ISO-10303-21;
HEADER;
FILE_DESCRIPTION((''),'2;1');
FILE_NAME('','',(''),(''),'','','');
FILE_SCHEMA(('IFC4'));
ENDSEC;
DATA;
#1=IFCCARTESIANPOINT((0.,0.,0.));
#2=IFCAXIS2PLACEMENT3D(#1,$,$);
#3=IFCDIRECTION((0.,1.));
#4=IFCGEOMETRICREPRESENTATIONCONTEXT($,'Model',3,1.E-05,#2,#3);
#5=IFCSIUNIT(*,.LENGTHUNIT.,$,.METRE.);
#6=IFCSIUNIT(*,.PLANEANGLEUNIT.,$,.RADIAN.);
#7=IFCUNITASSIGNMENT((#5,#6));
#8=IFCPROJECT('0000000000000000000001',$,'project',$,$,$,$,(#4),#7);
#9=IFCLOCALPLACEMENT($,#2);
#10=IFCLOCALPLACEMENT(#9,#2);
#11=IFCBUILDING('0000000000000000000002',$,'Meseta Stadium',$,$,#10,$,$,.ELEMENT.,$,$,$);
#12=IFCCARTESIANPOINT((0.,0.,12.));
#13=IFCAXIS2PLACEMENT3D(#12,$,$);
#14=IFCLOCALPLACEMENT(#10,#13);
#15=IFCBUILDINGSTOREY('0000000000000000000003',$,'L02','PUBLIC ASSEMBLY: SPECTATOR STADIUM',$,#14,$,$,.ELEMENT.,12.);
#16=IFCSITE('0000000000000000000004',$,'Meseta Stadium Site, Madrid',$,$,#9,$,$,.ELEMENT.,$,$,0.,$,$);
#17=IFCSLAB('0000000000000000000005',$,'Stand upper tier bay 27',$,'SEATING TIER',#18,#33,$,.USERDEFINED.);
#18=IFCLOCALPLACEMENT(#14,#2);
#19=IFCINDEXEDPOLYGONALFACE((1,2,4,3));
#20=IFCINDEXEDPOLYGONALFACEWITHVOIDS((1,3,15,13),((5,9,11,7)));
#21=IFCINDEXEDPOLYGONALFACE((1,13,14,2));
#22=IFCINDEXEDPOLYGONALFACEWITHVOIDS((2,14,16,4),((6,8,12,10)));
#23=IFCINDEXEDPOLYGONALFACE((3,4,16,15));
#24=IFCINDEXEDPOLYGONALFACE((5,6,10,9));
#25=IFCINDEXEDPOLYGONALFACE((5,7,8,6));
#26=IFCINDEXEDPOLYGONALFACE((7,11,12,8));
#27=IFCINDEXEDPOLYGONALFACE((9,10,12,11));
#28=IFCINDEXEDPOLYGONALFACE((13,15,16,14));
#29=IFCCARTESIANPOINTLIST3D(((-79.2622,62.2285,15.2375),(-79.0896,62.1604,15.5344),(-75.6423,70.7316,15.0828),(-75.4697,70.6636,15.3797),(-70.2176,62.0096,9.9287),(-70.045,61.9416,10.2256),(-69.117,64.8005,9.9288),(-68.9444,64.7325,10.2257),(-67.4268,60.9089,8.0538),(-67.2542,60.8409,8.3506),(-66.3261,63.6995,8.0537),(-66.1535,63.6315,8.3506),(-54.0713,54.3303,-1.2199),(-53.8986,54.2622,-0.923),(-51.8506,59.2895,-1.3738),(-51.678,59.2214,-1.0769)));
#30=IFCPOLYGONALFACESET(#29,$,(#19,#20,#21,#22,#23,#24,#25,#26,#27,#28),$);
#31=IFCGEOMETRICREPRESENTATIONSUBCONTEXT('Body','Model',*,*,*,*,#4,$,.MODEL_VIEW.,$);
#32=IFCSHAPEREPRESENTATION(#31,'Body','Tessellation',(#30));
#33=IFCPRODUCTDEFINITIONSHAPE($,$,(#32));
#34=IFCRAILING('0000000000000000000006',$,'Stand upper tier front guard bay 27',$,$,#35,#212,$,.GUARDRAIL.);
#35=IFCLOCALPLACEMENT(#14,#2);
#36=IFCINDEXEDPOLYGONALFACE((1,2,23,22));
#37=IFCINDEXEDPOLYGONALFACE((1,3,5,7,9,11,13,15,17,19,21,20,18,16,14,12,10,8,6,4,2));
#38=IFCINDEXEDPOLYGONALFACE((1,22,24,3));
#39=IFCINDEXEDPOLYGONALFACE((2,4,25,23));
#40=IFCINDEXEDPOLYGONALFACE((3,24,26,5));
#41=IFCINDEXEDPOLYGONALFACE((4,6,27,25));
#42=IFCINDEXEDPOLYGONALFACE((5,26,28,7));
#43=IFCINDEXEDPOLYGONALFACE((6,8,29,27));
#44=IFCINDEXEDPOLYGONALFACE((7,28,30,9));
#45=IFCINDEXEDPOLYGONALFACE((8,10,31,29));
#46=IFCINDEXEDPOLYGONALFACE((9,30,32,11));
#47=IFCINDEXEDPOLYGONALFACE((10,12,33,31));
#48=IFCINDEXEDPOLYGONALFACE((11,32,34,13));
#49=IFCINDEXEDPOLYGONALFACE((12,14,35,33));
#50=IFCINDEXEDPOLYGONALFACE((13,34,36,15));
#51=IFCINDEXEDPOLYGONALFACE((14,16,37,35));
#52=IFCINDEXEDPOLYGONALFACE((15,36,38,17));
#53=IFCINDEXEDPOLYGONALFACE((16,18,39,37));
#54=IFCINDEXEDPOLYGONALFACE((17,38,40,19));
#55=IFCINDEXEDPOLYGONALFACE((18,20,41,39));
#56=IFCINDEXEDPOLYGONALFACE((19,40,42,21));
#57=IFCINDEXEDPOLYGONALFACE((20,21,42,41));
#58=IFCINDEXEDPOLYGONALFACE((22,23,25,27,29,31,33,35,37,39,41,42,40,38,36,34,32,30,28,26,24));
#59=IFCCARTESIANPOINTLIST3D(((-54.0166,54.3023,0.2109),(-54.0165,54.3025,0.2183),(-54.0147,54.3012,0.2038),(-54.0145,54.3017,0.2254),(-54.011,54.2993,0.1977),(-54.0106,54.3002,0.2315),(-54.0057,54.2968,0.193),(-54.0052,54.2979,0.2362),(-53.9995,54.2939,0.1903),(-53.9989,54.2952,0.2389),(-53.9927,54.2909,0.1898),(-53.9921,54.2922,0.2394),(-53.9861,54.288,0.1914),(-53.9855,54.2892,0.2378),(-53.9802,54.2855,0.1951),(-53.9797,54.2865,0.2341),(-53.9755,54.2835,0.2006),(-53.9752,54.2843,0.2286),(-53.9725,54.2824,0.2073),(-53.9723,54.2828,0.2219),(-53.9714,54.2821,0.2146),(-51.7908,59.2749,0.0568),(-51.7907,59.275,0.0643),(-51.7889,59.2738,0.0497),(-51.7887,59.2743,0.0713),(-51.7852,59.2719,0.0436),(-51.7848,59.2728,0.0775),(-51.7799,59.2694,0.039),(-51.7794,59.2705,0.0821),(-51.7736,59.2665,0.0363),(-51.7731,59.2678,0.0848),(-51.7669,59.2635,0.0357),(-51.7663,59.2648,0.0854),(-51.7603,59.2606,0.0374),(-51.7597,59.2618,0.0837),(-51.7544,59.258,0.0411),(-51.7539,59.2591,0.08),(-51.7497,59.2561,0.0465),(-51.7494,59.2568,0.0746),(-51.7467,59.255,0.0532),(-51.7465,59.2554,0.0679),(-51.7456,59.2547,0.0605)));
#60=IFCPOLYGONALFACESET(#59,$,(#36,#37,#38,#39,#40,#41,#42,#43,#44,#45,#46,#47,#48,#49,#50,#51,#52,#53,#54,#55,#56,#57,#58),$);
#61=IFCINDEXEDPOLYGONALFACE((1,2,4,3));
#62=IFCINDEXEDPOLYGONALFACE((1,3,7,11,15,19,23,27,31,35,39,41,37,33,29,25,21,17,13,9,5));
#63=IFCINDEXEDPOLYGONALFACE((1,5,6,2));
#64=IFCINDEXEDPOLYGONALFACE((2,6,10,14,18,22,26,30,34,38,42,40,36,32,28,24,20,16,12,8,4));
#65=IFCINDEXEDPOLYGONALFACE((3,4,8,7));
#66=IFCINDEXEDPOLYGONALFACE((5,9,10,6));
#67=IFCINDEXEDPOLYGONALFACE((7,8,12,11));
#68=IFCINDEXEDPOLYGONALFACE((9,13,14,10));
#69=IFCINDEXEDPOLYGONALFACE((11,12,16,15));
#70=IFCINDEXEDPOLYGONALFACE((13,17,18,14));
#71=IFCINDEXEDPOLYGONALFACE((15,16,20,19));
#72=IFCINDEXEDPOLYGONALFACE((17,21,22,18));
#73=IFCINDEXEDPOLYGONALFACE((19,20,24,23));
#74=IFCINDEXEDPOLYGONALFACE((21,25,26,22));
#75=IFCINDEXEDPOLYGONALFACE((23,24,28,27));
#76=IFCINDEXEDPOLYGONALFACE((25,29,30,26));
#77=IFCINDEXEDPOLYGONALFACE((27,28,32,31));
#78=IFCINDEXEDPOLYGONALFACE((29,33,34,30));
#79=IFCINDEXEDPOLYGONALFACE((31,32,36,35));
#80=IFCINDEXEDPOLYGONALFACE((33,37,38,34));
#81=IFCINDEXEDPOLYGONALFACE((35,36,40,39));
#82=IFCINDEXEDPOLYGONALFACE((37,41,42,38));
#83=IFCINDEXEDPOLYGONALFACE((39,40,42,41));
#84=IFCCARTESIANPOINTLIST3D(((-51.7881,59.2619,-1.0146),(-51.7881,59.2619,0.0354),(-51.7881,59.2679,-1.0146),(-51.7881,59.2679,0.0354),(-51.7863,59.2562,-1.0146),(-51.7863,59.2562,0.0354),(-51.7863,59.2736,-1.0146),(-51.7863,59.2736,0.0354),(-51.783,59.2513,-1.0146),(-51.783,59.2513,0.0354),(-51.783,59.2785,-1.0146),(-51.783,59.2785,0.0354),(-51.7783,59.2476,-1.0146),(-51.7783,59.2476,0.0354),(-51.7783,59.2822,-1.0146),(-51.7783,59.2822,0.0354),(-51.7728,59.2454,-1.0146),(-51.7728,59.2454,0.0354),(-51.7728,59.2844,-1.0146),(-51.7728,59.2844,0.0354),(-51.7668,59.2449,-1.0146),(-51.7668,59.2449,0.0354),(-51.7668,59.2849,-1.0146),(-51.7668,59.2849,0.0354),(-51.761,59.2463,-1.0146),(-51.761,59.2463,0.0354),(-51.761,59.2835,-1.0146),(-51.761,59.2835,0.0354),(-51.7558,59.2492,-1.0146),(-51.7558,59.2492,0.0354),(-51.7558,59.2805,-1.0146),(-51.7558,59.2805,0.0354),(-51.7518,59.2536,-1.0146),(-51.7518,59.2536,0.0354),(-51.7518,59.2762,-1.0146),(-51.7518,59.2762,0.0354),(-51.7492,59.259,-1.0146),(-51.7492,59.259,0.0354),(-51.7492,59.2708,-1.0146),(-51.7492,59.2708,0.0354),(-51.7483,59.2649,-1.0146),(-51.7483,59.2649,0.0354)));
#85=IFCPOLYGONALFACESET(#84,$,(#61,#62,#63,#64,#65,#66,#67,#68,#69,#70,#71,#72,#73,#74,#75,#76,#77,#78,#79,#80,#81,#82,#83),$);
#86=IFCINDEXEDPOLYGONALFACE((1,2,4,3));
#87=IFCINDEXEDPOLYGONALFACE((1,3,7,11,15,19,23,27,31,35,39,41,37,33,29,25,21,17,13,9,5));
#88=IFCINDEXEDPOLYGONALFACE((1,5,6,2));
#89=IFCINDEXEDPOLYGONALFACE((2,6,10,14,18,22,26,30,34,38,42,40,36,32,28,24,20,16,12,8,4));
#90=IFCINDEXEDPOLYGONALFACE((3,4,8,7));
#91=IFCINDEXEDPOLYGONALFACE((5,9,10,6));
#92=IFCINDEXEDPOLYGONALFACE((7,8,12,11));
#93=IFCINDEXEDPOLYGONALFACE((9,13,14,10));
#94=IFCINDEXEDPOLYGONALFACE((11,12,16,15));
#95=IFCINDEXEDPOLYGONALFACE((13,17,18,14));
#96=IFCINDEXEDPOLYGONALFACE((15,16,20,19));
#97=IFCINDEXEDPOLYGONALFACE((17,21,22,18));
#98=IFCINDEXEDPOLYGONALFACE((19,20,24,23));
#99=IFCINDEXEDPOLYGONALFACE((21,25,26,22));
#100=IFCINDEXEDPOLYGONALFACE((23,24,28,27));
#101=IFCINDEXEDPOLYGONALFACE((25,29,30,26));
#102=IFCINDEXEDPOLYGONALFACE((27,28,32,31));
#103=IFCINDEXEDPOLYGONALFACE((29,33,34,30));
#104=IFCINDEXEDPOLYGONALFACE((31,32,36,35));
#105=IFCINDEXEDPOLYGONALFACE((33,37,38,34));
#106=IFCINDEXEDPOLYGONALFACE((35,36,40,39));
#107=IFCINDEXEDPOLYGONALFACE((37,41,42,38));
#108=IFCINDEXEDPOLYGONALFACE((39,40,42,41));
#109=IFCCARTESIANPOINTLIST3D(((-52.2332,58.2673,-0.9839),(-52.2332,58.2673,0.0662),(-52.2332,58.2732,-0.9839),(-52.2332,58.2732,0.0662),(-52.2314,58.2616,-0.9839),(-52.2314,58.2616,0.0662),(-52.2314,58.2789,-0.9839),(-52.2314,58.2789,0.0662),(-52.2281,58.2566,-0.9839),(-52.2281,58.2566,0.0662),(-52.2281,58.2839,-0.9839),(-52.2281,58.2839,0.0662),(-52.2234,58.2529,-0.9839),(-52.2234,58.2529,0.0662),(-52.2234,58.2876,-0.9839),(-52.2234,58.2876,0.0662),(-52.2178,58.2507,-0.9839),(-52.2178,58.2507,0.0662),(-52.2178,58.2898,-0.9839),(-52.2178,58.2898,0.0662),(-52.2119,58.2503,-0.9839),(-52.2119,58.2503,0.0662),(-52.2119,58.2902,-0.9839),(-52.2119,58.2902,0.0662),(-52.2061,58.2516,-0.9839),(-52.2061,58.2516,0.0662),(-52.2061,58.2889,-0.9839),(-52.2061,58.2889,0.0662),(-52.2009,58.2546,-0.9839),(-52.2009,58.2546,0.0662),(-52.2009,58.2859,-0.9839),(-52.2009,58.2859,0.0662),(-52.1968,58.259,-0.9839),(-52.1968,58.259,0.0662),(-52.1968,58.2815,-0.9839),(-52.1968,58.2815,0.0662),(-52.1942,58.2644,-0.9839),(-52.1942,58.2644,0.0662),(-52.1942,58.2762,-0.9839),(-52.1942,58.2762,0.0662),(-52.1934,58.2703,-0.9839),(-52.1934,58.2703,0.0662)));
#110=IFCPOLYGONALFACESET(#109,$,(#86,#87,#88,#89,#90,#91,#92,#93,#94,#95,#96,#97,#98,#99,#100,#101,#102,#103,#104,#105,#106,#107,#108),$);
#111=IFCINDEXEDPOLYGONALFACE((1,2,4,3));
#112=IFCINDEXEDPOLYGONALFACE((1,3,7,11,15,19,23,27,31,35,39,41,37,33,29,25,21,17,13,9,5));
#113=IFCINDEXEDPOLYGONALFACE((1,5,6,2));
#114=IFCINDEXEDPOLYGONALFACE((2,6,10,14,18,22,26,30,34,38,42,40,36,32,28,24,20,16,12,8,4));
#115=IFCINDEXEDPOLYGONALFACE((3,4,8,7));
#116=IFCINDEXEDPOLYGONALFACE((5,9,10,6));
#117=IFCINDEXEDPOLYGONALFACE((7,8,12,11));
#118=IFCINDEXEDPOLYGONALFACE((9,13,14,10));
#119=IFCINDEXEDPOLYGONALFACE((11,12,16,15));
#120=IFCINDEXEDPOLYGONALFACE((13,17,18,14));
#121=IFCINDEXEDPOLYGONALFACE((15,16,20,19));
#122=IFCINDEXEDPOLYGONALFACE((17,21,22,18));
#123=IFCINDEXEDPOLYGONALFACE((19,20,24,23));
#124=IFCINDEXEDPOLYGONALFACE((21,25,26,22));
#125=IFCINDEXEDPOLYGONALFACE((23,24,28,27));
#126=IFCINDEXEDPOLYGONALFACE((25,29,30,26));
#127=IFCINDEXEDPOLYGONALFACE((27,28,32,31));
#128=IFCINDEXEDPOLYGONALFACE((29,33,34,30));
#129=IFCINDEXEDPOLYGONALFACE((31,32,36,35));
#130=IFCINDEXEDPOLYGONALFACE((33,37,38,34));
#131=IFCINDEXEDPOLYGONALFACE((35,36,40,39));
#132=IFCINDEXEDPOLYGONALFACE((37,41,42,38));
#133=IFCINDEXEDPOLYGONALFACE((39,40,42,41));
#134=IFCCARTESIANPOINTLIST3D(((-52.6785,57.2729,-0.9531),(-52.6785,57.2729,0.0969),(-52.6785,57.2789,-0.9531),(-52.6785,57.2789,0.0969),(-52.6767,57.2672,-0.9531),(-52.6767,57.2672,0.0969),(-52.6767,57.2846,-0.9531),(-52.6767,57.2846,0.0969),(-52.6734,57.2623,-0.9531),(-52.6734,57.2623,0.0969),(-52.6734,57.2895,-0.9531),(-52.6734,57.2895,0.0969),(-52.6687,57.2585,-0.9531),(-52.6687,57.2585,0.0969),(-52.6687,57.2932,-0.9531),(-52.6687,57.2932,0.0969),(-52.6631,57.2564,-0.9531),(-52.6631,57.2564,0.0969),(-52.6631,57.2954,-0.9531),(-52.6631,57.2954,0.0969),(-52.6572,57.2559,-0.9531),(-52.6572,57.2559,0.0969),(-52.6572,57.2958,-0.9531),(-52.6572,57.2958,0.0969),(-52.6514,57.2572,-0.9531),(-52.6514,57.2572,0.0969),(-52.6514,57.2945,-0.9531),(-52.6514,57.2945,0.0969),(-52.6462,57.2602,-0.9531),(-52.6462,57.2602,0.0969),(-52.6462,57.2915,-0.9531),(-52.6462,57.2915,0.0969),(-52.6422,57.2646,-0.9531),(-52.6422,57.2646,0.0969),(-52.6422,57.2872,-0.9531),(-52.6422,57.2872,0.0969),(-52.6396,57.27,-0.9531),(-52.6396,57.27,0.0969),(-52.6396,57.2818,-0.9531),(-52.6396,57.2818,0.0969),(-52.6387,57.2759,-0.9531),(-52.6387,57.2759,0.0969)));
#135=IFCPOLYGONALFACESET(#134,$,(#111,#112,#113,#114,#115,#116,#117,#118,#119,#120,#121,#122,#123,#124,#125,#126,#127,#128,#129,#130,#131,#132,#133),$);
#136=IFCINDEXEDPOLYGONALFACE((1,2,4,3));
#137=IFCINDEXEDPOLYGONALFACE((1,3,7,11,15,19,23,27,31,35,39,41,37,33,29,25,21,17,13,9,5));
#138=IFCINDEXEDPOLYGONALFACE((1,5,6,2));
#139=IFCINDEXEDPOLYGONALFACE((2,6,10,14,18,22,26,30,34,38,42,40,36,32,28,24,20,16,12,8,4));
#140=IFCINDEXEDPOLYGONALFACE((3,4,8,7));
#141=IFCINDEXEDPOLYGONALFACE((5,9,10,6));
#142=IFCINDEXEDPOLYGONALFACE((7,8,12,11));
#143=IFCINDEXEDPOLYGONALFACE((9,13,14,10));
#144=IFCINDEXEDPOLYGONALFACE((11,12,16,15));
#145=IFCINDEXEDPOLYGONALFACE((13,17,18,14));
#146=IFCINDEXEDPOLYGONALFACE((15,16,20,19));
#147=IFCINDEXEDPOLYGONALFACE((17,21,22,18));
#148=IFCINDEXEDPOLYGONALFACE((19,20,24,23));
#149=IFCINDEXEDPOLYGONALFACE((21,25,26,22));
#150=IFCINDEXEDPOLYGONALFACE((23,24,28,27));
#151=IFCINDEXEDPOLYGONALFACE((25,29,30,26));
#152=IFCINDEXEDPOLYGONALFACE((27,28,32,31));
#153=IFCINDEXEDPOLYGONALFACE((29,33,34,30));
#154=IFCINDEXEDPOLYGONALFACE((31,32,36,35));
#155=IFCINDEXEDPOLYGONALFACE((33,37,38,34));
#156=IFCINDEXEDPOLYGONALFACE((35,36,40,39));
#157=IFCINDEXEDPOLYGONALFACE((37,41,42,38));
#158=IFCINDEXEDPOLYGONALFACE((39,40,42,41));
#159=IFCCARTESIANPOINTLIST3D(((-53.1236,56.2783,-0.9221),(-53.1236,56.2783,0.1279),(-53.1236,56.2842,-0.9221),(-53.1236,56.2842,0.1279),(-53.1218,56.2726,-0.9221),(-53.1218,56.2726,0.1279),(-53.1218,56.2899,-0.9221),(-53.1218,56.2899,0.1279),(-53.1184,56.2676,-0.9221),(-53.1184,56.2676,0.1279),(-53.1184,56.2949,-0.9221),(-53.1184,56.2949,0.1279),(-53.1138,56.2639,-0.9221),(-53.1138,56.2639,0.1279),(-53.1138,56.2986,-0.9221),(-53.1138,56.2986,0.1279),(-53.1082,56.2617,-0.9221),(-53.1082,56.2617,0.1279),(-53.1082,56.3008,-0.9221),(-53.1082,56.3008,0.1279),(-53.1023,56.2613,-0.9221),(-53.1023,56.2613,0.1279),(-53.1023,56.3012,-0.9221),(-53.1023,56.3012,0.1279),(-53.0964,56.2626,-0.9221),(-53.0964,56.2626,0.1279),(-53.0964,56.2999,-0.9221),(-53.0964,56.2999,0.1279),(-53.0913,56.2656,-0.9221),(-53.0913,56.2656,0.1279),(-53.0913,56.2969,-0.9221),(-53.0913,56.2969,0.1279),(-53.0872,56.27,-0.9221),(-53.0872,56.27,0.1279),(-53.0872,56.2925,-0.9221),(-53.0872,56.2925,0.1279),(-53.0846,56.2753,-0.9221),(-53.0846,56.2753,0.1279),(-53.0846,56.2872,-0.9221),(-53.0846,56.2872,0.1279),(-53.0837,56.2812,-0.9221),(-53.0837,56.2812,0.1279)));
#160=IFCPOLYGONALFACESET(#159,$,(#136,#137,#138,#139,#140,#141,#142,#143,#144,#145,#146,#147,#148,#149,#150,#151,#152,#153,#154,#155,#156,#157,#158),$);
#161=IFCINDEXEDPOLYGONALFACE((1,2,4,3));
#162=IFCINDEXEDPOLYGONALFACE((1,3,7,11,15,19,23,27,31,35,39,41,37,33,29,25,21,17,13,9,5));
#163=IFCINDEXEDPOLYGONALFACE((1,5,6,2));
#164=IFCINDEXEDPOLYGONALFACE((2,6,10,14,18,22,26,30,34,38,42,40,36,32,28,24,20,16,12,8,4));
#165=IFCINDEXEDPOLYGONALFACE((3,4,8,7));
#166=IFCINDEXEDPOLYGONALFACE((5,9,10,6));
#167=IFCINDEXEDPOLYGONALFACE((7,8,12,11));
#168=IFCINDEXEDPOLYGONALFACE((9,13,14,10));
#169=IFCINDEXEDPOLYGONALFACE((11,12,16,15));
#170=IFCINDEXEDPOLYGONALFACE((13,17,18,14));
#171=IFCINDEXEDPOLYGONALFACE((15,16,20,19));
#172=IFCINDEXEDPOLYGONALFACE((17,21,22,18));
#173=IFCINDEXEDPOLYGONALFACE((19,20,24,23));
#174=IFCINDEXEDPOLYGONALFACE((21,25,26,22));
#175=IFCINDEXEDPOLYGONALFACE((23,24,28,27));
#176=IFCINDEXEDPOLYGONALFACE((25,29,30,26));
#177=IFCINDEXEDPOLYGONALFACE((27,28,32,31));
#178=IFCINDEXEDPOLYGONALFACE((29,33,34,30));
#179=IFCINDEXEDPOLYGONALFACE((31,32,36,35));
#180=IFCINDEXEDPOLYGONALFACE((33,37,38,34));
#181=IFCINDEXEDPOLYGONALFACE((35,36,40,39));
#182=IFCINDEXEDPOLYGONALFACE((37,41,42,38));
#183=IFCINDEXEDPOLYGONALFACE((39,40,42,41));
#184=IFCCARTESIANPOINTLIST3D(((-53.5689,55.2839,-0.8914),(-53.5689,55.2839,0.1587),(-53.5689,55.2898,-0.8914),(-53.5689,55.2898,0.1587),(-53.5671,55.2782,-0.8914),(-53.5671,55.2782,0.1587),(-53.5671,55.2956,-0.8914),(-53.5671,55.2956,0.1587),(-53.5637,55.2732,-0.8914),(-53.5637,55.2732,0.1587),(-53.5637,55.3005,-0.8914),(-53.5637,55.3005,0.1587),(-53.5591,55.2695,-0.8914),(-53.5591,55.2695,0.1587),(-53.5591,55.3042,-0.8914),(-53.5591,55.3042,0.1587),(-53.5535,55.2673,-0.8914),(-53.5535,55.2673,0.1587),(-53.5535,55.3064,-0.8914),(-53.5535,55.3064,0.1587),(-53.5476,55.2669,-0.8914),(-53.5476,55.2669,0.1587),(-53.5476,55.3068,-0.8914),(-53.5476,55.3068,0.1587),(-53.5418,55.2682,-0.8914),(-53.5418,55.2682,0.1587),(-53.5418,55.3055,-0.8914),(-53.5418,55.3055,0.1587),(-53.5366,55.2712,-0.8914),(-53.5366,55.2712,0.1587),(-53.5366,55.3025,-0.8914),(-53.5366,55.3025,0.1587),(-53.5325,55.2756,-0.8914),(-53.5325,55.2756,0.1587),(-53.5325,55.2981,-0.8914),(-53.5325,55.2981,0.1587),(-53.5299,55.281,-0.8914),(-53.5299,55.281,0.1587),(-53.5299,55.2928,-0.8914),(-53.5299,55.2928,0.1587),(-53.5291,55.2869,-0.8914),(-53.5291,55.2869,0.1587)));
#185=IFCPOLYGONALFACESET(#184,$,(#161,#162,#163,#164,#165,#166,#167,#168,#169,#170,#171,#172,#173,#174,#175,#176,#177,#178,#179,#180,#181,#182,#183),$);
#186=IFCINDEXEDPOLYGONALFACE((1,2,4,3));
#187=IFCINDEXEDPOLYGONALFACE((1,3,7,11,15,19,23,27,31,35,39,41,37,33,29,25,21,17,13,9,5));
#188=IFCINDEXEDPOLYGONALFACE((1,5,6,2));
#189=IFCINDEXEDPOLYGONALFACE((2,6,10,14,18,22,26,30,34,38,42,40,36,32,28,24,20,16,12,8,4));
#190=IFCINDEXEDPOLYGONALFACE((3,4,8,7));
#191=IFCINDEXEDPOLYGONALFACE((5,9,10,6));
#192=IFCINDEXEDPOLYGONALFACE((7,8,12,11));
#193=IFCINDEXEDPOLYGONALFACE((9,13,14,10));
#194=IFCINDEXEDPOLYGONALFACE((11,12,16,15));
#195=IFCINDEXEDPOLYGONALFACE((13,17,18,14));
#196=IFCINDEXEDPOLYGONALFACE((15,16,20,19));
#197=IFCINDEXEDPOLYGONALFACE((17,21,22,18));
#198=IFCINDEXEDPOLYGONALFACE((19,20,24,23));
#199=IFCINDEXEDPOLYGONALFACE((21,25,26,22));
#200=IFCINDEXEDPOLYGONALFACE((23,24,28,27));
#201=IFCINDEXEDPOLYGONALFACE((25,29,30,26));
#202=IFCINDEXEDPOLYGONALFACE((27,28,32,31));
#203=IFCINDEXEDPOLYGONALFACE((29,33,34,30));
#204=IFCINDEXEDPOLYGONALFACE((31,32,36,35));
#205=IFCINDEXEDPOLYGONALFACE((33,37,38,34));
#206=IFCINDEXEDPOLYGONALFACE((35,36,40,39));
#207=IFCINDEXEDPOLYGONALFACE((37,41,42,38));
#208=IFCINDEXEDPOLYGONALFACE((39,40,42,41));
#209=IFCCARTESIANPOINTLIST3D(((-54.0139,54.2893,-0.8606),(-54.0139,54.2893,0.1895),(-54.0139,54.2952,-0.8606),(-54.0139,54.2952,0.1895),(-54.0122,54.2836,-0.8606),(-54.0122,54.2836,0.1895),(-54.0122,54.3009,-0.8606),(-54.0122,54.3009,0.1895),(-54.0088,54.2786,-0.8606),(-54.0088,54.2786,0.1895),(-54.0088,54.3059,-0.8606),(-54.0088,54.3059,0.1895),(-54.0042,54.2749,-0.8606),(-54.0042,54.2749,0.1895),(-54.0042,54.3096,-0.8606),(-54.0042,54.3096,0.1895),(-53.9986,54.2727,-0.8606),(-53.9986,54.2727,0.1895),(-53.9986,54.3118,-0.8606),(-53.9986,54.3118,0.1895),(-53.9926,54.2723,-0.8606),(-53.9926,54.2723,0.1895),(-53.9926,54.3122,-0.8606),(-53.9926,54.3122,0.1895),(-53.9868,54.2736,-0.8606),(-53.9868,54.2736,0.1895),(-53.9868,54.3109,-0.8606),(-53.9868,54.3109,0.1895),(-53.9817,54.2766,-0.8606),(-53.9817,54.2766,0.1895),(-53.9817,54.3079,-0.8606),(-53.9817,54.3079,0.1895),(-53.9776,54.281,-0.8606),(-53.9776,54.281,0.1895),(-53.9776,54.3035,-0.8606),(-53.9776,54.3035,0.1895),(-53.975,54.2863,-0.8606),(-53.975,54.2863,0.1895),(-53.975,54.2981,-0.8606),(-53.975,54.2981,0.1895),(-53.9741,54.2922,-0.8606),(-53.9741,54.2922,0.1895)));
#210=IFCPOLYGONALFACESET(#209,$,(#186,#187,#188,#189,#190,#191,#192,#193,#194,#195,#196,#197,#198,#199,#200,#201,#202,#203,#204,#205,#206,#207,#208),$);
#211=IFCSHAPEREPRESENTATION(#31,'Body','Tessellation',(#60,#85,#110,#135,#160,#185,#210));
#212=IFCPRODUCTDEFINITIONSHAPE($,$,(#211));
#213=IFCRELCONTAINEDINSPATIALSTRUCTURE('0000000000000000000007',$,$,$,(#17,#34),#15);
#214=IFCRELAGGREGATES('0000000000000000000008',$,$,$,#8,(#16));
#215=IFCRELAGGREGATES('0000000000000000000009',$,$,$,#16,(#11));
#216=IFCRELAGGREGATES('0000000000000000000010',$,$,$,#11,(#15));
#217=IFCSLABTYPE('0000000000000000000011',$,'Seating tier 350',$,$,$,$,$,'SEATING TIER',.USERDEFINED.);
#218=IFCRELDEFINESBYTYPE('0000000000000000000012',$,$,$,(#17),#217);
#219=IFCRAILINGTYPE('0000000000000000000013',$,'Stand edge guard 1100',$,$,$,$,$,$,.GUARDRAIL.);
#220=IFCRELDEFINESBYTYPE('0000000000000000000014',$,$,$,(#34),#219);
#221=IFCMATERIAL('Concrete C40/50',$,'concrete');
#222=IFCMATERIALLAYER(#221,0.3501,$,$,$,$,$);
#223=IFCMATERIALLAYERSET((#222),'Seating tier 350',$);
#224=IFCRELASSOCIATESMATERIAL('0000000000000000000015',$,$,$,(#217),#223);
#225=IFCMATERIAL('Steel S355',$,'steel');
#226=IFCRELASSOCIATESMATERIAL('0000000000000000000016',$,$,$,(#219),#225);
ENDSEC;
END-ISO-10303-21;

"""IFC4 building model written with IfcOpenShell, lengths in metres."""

from ifc_helpers import new_model, si_unit, direction, frame, origin, origin_2d, place, context, subcontext, project, spatial, polyline, circle, outline, extrude, material, layer, layer_set, type_object, element, save


model = new_model("IFC4")

# Units and contexts
model_context = context("Model", 3, precision=1e-05, world=origin(), true_north=direction((0.0, 1.0)))
body_context = subcontext(model_context, "Body", "Model", "MODEL_VIEW")
ifc_project = project(units=[si_unit("LENGTHUNIT", "METRE"), si_unit("PLANEANGLEUNIT", "RADIAN")], contexts=[model_context])

# Site, building, storey
site_placement = place(None, origin())
site = spatial("IfcSite", under=ifc_project, at=site_placement, Name="Meseta Stadium Site, Madrid", CompositionType="ELEMENT", RefElevation=0.0)
building_placement = place(site_placement, origin())
building = spatial("IfcBuilding", under=site, at=building_placement, Name="Meseta Stadium", CompositionType="ELEMENT")
storey_placement = place(building_placement, frame((0.0, 0.0, 12.0)))
storey = spatial("IfcBuildingStorey", under=building, at=storey_placement, Name="L02", Description="PUBLIC ASSEMBLY: SPECTATOR STADIUM", CompositionType="ELEMENT", Elevation=12.0)

# Slab
ifc_material_1 = material(Name="Concrete C40/50", Category="concrete")
ifc_layer_1 = layer(ifc_material_1, 0.3501)
ifc_layer_set_1 = layer_set([ifc_layer_1], Name="Seating tier 350")
slab_type = type_object("IfcSlabType", Name="Seating tier 350", ElementType="SEATING TIER", PredefinedType="USERDEFINED", material=ifc_layer_set_1)
slab_placement = place(storey_placement, frame((-51.678, 59.2214, -1.0769), z_axis=(0.493034, -0.194461, 0.847999), x_axis=(-0.764778, 0.367804, 0.528993)))
element("IfcSlab", 1, at=slab_placement, inside=storey, type_object=slab_type, Name="Stand upper tier bay 27", ObjectType="SEATING TIER", PredefinedType="USERDEFINED", context=body_context, shape_type="SweptSolid", body=[
    extrude(outline(polyline([(0.0, 0.0), (31.1093, 0.0), (30.8321, 9.2388), (-0.0443, 5.4357), (0.0, 0.0)]), holes=[polyline([(17.6797, 2.3013), (21.2109, 2.5188), (21.0261, 5.5132), (17.4951, 5.2954), (17.6797, 2.3013)])]), origin(), (0.0, 0.0, -1.0), 0.3501),
])

# Railing
ifc_material_2 = material(Name="Steel S355", Category="steel")
railing_type = type_object("IfcRailingType", Name="Stand edge guard 1100", PredefinedType="GUARDRAIL", material=ifc_material_2)
railing_placement = place(storey_placement, frame((-51.7683, 59.2649, -1.0146)))
element("IfcRailing", 2, at=railing_placement, inside=storey, type_object=railing_type, Name="Stand upper tier front guard bay 27", PredefinedType="GUARDRAIL", context=body_context, shape_type="SweptSolid", body=[
    extrude(circle(Radius=0.0249, at=origin_2d()), frame((0.0, 0.0, 1.0752), z_axis=(-0.40839, -0.91237, 0.028265), x_axis=(0.912735, -0.408553, 0.0)), (0.0, 0.0, 1.0), 5.4502),
    extrude(circle(Radius=0.02, at=origin_2d()), origin(), (0.0, 0.0, 1.0), 1.05),
    extrude(circle(Radius=0.02, at=origin_2d()), frame((-0.4451, -0.9946, 0.0308)), (0.0, 0.0, 1.0), 1.05),
    extrude(circle(Radius=0.02, at=origin_2d()), frame((-0.8904, -1.989, 0.0615)), (0.0, 0.0, 1.0), 1.05),
    extrude(circle(Radius=0.02, at=origin_2d()), frame((-1.3354, -2.9836, 0.0925)), (0.0, 0.0, 1.0), 1.05),
    extrude(circle(Radius=0.02, at=origin_2d()), frame((-1.7808, -3.978, 0.1233)), (0.0, 0.0, 1.0), 1.05),
    extrude(circle(Radius=0.02, at=origin_2d()), frame((-2.2258, -4.9727, 0.1541)), (0.0, 0.0, 1.0), 1.05),
])

save(model, "model.ifc")
